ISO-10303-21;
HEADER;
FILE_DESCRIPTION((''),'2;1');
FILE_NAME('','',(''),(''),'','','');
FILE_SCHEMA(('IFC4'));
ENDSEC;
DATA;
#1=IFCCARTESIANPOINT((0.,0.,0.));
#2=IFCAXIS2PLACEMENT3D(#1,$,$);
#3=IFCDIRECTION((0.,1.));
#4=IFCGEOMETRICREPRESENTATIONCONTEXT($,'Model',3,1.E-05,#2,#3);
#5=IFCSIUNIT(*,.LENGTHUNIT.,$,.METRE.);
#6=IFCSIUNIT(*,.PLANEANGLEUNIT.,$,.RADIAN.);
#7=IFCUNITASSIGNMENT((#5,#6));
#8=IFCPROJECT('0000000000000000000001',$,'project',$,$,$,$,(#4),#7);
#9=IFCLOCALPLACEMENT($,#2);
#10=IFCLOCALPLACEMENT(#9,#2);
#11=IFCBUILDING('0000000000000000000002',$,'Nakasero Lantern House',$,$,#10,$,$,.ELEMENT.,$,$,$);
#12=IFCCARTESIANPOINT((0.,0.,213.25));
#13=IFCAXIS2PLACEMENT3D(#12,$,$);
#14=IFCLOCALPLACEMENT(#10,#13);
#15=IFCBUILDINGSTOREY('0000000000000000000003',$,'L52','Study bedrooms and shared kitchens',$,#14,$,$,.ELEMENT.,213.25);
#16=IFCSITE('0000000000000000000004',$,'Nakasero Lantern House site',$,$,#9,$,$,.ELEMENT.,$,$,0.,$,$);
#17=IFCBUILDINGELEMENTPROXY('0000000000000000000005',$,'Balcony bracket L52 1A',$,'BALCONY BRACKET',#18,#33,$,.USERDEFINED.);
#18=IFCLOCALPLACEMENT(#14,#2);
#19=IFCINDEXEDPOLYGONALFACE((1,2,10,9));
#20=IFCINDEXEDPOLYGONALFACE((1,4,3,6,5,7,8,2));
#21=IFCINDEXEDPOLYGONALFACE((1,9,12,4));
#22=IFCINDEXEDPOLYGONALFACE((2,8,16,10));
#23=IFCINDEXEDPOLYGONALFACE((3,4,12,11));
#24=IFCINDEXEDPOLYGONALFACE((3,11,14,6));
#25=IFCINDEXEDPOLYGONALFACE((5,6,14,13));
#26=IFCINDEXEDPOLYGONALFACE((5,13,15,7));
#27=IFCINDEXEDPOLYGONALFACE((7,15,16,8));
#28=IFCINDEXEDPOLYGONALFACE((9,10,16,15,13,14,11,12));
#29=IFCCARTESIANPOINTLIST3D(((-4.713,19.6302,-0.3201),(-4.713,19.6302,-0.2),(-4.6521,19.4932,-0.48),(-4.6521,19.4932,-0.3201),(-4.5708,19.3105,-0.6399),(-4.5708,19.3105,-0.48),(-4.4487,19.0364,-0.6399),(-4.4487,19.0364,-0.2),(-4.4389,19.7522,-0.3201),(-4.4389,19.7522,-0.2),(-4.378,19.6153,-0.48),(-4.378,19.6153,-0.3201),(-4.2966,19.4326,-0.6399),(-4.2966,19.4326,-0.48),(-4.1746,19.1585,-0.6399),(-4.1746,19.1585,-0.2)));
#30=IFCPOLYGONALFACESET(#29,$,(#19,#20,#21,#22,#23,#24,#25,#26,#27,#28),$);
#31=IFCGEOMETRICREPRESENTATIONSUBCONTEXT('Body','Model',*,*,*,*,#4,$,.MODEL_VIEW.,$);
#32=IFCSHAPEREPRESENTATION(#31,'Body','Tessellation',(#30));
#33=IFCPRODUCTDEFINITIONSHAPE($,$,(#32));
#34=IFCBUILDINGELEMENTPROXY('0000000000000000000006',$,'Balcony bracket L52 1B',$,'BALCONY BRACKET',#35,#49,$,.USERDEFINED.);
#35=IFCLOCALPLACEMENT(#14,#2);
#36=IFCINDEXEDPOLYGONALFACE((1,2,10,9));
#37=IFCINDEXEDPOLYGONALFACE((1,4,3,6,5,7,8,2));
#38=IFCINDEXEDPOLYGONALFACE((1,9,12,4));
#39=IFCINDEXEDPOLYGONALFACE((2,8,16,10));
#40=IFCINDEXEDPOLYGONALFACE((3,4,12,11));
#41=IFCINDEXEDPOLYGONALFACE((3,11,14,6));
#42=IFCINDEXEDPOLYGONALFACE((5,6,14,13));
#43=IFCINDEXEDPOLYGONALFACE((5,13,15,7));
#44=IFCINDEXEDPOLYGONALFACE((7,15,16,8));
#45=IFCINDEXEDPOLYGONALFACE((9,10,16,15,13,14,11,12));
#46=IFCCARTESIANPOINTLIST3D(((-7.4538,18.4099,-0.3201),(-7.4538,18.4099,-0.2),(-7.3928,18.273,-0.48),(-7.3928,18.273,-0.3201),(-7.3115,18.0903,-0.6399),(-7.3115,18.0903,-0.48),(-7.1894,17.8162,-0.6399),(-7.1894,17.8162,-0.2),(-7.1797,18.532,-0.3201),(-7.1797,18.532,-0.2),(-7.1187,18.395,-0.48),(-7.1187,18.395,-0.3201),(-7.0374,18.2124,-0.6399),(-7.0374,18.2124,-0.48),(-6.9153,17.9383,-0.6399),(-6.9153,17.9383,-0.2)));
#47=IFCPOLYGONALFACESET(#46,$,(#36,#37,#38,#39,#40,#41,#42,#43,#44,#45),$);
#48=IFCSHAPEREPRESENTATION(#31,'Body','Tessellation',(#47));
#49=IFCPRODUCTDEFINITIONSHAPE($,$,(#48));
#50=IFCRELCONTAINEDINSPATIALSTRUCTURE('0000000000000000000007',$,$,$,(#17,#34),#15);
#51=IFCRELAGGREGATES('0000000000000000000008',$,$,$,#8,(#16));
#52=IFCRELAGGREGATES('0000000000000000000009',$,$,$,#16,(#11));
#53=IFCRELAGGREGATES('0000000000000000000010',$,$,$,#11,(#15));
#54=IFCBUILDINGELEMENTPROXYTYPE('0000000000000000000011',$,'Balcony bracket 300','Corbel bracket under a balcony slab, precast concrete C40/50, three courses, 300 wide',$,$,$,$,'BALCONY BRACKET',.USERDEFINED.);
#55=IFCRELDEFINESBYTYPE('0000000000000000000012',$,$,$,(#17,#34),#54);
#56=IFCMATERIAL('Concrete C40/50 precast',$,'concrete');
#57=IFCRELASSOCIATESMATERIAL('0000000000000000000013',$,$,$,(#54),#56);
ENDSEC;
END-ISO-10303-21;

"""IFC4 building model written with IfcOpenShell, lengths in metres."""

from ifc_helpers import new_model, si_unit, direction, frame, origin, place, context, subcontext, project, spatial, polyline, outline, extrude, material, type_object, element, save


model = new_model("IFC4")

# Units and contexts
model_context = context("Model", 3, precision=1e-05, world=origin(), true_north=direction((0.0, 1.0)))
body_context = subcontext(model_context, "Body", "Model", "MODEL_VIEW")
ifc_project = project(units=[si_unit("LENGTHUNIT", "METRE"), si_unit("PLANEANGLEUNIT", "RADIAN")], contexts=[model_context])

# Site, building, storey
site_placement = place(None, origin())
site = spatial("IfcSite", under=ifc_project, at=site_placement, Name="Nakasero Lantern House site", CompositionType="ELEMENT", RefElevation=0.0)
building_placement = place(site_placement, origin())
building = spatial("IfcBuilding", under=site, at=building_placement, Name="Nakasero Lantern House", CompositionType="ELEMENT")
storey_placement = place(building_placement, frame((0.0, 0.0, 213.25)))
storey = spatial("IfcBuildingStorey", under=building, at=storey_placement, Name="L52", Description="Study bedrooms and shared kitchens", CompositionType="ELEMENT", Elevation=213.25)

# Building element proxies
ifc_material_1 = material(Name="Concrete C40/50 precast", Category="concrete")
building_element_proxy_type = type_object("IfcBuildingElementProxyType", Name="Balcony bracket 300", Description="Corbel bracket under a balcony slab, precast concrete C40/50, three courses, 300 wide", ElementType="BALCONY BRACKET", PredefinedType="USERDEFINED", material=ifc_material_1)
for number, where, z_axis, x_axis, name in (
    (1, (-4.3118, 19.0974, -0.2), (0.0, 0.0, 1.0), (-0.406737, 0.913545, 0.0), "Balcony bracket L52 1A"),
    (2, (-7.0525, 17.8772, -0.2), (0.0, 0.0, 1.0), (-0.406737, 0.913545, 0.0), "Balcony bracket L52 1B"),
):
    element("IfcBuildingElementProxy", number, at=place(storey_placement, frame(where, z_axis=z_axis, x_axis=x_axis)), inside=storey, type_object=building_element_proxy_type, Name=name, ObjectType="BALCONY BRACKET", PredefinedType="USERDEFINED", context=body_context, shape_type="SweptSolid", body=[
        extrude(outline(polyline([(0.0, 0.0), (0.6499, 0.0), (0.6499, -0.1201), (0.5, -0.1201), (0.5, -0.28), (0.3, -0.28), (0.3, -0.4399), (0.0, -0.4399), (0.0, 0.0)])), frame((0.0, 0.1499, 0.0), z_axis=(0.0, -1.0, 0.0), x_axis=(1.0, 0.0, 0.0)), (0.0, 0.0, 1.0), 0.3),
    ])

save(model, "model.ifc")
